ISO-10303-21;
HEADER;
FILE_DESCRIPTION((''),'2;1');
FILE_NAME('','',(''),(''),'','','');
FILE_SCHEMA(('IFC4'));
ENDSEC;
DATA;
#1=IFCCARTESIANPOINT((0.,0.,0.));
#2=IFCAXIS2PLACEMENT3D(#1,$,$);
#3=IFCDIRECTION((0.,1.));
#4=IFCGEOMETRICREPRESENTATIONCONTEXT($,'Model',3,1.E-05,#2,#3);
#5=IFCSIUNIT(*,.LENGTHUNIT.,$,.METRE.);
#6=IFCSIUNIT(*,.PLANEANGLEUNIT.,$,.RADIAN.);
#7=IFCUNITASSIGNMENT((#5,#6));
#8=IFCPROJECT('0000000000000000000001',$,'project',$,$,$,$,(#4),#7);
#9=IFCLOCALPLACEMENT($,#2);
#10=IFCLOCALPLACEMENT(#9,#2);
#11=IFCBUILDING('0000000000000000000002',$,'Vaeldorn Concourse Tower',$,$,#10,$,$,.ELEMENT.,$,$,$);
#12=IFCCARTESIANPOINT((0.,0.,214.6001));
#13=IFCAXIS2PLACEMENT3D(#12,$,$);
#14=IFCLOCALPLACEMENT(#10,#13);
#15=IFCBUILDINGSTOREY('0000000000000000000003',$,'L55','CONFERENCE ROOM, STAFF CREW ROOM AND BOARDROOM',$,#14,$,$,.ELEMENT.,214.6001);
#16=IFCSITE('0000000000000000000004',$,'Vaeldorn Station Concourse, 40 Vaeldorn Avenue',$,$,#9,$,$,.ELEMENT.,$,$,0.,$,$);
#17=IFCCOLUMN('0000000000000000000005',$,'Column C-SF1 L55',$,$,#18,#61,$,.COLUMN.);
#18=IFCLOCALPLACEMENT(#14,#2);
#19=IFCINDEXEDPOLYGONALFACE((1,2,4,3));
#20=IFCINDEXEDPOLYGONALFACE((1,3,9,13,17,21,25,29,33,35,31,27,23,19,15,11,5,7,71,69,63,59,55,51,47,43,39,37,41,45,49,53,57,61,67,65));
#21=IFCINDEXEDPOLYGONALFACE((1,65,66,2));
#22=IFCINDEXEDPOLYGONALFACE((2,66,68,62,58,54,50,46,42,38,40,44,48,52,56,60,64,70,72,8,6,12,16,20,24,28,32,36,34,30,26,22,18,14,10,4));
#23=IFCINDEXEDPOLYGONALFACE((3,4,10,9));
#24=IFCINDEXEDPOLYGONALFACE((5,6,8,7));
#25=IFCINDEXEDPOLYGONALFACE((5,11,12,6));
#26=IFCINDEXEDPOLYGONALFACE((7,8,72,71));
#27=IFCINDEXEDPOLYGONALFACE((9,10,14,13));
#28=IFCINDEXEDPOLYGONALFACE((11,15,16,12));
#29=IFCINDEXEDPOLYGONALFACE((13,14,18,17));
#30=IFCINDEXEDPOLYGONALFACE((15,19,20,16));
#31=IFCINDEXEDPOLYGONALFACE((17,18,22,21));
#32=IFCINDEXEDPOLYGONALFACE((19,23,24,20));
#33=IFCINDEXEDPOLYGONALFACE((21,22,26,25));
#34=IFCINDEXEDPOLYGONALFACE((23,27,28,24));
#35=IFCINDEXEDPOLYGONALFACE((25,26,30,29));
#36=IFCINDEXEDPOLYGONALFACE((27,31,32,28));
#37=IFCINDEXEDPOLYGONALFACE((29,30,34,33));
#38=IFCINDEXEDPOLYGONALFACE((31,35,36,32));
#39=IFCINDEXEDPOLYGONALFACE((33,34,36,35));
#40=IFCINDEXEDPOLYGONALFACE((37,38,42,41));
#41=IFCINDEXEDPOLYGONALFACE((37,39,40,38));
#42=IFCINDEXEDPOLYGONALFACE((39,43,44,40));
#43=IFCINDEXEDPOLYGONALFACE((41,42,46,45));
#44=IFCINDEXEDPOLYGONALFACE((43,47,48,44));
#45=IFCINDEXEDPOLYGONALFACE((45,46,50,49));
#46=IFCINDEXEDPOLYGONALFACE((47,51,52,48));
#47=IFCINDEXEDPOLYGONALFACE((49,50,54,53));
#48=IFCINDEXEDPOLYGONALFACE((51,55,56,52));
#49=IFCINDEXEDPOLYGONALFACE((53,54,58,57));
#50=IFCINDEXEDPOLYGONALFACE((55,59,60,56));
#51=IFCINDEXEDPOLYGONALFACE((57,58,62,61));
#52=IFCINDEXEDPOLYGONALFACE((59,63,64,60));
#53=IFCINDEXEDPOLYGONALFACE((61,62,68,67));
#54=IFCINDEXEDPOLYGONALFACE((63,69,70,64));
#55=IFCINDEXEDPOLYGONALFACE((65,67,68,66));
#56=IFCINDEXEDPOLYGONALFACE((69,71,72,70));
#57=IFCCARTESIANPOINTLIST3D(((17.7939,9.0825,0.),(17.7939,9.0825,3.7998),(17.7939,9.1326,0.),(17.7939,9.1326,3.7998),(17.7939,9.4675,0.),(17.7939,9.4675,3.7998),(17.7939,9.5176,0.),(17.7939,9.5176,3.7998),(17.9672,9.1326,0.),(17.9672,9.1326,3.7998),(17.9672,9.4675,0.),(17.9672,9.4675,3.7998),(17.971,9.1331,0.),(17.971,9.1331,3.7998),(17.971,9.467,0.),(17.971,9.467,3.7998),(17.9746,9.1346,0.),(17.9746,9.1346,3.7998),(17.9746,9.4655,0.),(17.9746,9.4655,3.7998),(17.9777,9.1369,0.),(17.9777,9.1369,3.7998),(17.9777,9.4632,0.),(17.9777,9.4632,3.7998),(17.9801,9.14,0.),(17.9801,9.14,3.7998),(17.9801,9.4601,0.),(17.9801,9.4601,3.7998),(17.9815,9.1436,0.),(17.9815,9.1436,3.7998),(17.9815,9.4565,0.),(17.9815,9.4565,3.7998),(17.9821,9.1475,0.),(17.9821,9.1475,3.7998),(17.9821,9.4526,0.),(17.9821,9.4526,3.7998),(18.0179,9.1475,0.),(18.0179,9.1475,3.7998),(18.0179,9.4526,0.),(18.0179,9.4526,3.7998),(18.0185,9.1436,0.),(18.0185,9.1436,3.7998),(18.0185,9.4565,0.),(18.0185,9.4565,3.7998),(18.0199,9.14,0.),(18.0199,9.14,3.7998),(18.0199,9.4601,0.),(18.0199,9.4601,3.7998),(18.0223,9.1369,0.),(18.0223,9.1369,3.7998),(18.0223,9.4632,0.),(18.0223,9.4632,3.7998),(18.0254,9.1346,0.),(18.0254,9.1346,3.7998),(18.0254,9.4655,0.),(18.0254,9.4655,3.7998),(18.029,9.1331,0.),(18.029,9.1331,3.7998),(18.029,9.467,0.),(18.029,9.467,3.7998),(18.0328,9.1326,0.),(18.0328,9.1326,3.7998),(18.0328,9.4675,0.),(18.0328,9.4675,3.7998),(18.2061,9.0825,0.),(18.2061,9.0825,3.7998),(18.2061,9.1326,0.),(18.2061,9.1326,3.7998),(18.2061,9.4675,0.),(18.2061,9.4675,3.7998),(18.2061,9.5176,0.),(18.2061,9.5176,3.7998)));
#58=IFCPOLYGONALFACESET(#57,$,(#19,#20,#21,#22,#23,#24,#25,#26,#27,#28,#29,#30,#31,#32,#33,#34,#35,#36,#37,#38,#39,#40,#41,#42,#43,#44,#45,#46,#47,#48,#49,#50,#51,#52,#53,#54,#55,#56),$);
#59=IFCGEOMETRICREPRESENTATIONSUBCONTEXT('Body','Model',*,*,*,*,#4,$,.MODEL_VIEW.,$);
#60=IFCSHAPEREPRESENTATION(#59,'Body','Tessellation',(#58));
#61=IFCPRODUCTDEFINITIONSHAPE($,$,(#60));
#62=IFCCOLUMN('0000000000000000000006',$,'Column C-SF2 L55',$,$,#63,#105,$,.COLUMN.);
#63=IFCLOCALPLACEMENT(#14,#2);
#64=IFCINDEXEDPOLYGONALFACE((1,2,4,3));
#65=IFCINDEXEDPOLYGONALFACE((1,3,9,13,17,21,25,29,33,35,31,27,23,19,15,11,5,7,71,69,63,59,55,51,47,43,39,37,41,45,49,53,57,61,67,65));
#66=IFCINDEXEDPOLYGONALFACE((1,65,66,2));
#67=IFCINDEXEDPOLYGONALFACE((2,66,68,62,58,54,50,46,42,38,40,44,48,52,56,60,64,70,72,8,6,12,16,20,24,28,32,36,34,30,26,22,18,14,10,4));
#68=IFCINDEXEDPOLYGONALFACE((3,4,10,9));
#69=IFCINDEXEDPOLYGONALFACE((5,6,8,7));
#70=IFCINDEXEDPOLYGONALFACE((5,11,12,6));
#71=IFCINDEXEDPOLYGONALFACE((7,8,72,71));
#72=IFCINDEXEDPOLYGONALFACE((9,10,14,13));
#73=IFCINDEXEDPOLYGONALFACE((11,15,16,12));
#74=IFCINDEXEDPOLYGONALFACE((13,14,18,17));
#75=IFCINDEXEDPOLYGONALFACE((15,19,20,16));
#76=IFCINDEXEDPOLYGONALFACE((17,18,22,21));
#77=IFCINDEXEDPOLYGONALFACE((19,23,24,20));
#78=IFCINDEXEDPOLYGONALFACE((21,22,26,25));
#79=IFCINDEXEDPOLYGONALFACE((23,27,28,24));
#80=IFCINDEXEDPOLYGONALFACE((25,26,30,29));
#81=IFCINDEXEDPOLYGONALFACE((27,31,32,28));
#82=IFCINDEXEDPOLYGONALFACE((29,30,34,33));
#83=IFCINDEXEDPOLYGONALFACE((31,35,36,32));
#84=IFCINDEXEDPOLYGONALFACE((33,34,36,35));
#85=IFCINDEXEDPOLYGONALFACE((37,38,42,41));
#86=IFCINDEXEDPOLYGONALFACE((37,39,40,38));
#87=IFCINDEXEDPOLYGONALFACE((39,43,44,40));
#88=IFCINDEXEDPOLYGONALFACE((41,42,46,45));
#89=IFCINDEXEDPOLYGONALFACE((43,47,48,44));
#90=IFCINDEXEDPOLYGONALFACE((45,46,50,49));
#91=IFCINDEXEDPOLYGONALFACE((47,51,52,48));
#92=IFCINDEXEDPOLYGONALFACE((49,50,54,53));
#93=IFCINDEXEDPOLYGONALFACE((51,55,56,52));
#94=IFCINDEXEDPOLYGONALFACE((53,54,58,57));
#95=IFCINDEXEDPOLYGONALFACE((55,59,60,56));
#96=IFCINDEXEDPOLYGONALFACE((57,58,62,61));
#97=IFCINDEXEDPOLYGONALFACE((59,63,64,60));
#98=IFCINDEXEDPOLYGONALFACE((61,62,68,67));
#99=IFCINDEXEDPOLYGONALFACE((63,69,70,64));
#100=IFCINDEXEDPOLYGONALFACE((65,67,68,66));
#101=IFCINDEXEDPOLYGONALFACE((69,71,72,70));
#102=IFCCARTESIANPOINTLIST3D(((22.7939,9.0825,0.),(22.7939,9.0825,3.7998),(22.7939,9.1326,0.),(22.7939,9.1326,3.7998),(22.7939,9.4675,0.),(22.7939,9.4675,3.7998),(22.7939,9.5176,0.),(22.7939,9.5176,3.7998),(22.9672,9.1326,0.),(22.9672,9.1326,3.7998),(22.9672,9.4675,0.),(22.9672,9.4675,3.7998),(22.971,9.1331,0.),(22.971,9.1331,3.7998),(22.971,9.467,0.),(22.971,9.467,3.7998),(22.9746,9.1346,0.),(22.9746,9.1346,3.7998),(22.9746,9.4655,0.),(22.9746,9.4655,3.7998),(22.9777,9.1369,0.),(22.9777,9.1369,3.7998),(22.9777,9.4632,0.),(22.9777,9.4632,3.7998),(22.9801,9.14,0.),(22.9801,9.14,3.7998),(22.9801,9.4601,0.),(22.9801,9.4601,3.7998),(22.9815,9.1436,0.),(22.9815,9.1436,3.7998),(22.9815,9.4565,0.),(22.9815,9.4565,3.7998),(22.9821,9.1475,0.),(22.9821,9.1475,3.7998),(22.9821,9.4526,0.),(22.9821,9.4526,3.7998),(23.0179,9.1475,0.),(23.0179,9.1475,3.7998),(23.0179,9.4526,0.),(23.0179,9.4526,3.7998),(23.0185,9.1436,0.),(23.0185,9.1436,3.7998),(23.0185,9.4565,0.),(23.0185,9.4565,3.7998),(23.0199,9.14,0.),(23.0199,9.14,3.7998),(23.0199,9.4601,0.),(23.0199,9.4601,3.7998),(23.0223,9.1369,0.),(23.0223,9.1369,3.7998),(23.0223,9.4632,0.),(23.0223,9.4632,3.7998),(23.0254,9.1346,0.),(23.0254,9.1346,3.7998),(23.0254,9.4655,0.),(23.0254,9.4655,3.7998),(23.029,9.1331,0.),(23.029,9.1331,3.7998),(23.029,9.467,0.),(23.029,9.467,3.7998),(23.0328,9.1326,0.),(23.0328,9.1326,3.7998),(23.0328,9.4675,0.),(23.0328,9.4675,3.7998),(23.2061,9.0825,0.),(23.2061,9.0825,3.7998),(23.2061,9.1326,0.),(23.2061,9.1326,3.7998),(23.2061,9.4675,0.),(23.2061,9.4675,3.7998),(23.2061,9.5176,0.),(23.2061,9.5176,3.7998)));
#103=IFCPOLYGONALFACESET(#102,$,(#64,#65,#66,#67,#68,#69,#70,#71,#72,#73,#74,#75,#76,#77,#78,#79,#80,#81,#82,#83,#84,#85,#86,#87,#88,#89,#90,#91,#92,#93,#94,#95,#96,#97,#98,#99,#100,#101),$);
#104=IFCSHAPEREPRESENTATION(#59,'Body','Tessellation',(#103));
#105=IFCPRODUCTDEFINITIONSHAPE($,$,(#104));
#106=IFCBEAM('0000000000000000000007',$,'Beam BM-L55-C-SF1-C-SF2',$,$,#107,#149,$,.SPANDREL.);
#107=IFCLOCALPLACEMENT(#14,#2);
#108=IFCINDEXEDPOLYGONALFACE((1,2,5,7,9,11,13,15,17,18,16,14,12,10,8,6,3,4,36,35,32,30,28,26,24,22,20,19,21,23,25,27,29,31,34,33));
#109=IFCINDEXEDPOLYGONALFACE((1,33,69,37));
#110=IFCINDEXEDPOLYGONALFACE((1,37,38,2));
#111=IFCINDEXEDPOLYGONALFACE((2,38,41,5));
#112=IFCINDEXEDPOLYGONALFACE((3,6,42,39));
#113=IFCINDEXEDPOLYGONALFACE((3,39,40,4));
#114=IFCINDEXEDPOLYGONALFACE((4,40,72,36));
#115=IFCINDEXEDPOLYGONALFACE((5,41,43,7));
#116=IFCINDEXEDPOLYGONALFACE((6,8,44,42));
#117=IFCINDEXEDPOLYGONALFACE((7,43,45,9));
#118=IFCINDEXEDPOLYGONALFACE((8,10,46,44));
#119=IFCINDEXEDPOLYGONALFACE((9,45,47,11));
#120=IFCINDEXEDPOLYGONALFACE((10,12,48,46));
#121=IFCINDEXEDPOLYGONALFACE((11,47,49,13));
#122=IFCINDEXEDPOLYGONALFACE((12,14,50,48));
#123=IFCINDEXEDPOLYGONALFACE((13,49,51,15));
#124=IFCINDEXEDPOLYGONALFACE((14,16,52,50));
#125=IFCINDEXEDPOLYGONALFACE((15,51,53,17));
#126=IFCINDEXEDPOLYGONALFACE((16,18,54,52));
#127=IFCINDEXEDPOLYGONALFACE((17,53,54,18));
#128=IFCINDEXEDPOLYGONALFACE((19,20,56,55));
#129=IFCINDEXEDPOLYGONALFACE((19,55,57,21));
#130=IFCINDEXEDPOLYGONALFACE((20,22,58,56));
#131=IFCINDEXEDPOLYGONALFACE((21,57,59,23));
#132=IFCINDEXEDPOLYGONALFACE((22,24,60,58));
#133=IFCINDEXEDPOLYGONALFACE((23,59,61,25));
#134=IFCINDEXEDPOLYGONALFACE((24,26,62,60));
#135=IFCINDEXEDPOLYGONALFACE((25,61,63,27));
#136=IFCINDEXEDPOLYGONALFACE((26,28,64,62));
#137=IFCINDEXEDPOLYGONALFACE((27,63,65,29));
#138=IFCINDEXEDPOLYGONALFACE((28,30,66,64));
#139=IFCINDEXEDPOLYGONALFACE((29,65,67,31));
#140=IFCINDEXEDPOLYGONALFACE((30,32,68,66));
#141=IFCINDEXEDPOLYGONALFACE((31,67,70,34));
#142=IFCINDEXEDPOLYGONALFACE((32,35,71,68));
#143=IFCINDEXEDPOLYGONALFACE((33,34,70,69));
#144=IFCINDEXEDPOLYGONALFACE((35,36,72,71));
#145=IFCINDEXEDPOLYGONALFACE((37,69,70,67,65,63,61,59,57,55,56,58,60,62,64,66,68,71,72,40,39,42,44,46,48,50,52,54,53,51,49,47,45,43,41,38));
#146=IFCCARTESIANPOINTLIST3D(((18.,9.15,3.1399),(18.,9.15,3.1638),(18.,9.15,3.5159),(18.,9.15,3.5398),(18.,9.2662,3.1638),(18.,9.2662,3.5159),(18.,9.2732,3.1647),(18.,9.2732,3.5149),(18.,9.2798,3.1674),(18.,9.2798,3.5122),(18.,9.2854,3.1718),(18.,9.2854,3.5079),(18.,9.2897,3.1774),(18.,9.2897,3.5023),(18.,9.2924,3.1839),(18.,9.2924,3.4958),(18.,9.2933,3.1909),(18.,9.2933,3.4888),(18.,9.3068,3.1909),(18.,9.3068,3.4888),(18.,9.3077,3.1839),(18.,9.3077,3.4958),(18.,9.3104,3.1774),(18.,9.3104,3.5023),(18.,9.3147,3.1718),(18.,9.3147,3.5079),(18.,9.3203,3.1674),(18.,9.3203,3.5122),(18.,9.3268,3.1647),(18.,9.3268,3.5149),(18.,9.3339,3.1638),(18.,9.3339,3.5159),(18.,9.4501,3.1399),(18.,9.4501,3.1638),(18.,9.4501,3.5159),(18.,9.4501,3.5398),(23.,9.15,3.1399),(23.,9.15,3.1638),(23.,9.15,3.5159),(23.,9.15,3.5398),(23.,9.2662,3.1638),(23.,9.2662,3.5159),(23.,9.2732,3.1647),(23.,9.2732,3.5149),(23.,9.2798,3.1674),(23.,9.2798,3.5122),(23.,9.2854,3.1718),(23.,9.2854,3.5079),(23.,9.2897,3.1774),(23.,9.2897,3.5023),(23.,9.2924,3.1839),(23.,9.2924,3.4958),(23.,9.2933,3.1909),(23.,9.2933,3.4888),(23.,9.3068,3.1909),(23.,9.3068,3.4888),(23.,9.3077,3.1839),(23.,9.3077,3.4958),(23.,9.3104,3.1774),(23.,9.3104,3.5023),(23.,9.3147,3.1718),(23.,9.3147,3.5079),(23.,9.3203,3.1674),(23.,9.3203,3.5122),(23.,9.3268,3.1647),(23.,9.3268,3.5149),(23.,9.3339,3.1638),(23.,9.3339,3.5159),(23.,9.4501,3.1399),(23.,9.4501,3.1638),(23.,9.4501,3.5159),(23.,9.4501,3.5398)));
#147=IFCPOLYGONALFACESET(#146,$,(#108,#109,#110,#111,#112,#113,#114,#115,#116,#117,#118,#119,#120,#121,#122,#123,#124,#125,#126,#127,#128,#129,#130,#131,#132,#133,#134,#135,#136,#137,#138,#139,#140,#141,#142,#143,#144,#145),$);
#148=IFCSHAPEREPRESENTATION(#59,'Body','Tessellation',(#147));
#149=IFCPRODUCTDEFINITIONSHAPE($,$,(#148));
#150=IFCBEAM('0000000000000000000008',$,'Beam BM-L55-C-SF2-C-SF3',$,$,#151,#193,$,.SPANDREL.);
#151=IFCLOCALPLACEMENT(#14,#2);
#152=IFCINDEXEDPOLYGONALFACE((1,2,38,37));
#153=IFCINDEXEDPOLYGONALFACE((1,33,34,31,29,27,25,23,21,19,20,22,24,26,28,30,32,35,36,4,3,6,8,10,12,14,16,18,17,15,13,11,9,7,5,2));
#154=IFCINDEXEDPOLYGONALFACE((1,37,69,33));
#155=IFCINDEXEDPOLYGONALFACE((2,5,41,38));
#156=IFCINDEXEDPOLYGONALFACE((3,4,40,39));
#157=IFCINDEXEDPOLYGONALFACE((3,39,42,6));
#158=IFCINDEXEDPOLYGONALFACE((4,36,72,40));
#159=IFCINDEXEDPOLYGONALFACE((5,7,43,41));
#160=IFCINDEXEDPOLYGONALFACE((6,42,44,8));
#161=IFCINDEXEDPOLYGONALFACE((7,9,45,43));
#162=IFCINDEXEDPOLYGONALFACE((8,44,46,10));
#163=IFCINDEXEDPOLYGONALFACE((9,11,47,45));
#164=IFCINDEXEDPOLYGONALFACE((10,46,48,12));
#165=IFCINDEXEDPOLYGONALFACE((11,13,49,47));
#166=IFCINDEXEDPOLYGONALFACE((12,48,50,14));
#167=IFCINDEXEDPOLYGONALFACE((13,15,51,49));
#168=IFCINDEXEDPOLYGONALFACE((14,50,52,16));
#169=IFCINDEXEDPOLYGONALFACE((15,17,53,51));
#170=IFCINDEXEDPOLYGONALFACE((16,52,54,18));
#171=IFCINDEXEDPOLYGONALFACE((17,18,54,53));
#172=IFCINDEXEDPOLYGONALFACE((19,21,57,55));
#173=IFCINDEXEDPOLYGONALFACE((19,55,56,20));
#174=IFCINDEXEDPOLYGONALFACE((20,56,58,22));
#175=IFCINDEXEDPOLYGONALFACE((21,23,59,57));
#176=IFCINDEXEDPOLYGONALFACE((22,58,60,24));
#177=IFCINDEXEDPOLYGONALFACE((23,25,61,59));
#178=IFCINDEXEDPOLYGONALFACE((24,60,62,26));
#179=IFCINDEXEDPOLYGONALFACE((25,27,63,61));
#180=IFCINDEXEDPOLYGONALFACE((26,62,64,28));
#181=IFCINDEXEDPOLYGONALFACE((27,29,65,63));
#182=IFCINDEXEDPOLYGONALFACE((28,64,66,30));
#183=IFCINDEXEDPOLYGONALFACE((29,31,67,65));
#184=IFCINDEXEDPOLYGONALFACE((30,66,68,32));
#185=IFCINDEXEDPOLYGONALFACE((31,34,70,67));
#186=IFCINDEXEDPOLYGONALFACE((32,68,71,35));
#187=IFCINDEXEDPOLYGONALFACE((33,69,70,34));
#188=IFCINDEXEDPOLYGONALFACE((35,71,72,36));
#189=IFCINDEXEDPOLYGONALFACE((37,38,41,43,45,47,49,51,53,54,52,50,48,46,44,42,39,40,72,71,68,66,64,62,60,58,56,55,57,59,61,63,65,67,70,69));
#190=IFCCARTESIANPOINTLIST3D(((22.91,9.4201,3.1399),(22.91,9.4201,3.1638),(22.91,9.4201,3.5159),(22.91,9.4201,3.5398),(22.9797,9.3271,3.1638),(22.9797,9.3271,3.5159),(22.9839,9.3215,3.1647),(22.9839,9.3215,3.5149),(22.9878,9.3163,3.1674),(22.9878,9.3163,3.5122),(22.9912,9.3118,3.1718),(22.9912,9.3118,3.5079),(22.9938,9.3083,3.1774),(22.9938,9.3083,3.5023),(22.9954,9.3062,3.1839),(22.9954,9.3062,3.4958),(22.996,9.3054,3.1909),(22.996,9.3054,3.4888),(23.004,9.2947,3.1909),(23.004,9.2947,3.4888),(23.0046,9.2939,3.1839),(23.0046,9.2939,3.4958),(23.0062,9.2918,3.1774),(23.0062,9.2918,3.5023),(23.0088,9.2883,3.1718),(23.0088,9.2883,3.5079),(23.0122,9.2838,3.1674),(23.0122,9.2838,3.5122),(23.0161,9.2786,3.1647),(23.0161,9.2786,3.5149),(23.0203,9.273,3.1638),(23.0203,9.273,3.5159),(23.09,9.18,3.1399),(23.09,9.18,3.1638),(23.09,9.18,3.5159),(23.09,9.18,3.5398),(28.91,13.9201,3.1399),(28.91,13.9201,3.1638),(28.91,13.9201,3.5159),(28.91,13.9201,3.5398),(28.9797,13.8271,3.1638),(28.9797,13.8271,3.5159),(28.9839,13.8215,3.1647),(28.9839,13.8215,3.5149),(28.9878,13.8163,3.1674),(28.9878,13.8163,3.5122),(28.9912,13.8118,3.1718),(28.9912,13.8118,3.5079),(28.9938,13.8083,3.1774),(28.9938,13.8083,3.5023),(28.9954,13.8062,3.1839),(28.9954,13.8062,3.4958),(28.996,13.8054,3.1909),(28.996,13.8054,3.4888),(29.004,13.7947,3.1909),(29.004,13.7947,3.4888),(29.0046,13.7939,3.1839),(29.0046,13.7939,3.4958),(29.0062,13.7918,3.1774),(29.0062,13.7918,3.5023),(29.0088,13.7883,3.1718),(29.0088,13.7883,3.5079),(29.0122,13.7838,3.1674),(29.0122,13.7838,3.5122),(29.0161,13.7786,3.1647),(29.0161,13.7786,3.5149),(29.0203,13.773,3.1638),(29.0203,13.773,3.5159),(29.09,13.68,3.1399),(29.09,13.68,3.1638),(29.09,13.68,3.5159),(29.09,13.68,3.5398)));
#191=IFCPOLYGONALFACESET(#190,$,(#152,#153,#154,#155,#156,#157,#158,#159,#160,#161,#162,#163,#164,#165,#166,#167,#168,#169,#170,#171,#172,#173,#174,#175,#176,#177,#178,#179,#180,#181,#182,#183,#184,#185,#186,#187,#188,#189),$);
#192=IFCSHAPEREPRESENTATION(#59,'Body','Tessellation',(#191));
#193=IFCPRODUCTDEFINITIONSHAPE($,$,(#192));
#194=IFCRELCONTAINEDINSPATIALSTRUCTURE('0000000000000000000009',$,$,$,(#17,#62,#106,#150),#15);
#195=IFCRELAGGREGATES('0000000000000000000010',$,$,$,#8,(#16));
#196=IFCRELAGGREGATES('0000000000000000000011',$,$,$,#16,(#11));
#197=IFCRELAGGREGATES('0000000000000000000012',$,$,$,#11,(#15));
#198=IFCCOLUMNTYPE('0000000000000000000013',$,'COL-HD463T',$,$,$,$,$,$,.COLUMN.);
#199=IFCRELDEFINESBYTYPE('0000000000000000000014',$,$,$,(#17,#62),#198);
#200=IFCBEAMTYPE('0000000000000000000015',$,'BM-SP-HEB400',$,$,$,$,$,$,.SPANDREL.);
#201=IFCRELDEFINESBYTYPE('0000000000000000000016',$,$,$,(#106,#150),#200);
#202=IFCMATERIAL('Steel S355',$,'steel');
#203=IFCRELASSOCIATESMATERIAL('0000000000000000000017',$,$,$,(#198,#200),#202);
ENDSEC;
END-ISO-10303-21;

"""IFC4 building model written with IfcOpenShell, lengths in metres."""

from ifc_helpers import new_model, si_unit, direction, frame, origin, origin_2d, place, context, subcontext, project, spatial, i_section, extrude, source, transform, mapped, material, material_profile, profile_set, type_object, element, save


model = new_model("IFC4")

# Units and contexts
model_context = context("Model", 3, precision=1e-05, world=origin(), true_north=direction((0.0, 1.0)))
body_context = subcontext(model_context, "Body", "Model", "MODEL_VIEW")
ifc_project = project(units=[si_unit("LENGTHUNIT", "METRE"), si_unit("PLANEANGLEUNIT", "RADIAN")], contexts=[model_context])

# Site, building, storey
site_placement = place(None, origin())
site = spatial("IfcSite", under=ifc_project, at=site_placement, Name="Vaeldorn Station Concourse, 40 Vaeldorn Avenue", CompositionType="ELEMENT", RefElevation=0.0)
building_placement = place(site_placement, origin())
building = spatial("IfcBuilding", under=site, at=building_placement, Name="Vaeldorn Concourse Tower", CompositionType="ELEMENT")
storey_placement = place(building_placement, frame((0.0, 0.0, 214.6001)))
storey = spatial("IfcBuildingStorey", under=building, at=storey_placement, Name="L55", Description="CONFERENCE ROOM, STAFF CREW ROOM AND BOARDROOM", CompositionType="ELEMENT", Elevation=214.6001)

# Columns
ifc_material_1 = material(Name="Steel S355", Category="steel")
ifc_material_profile_1 = material_profile(ifc_material_1, i_section(OverallWidth=0.4121, OverallDepth=0.4351, WebThickness=0.0359, FlangeThickness=0.05, FilletRadius=0.0149, at=origin_2d()), Name="HD 400x463")
ifc_profile_set_1 = profile_set([ifc_material_profile_1], Name="Steel S355")
column_type = type_object("IfcColumnType", Name="COL-HD463T", PredefinedType="COLUMN", material=ifc_profile_set_1)
shared_shape_1 = source(origin(), body_context, "Body", "SweptSolid", [
    extrude(i_section(OverallWidth=0.4121, OverallDepth=0.4351, WebThickness=0.0359, FlangeThickness=0.05, FilletRadius=0.0149, at=origin_2d()), origin(), (0.0, 0.0, 1.0), 3.7998),
])
for number, where, z_axis, x_axis, name in (
    (1, (18.0, 9.3, 0.0), (0.0, 0.0, 1.0), (1.0, 0.0, 0.0), "Column C-SF1 L55"),
    (2, (23.0, 9.3, 0.0), (0.0, 0.0, 1.0), (1.0, 0.0, 0.0), "Column C-SF2 L55"),
):
    element("IfcColumn", number, at=place(storey_placement, frame(where, z_axis=z_axis, x_axis=x_axis)), inside=storey, type_object=column_type, Name=name, PredefinedType="COLUMN", context=body_context, shape_type="MappedRepresentation", body=[
        mapped(shared_shape_1, transform((0.0, 0.0, 0.0), scale=1.0)),
    ])

# Beams
ifc_material_profile_2 = material_profile(ifc_material_1, i_section(OverallWidth=0.3, OverallDepth=0.3999, WebThickness=0.0134, FlangeThickness=0.0239, FilletRadius=0.0271, at=origin_2d()), Name="HEB 400")
ifc_profile_set_2 = profile_set([ifc_material_profile_2], Name="Steel S355")
beam_type_1 = type_object("IfcBeamType", Name="BM-SP-HEB400", PredefinedType="SPANDREL", material=ifc_profile_set_2)
shared_shape_2 = source(origin(), body_context, "Body", "SweptSolid", [
    extrude(i_section(OverallWidth=0.3, OverallDepth=0.3999, WebThickness=0.0134, FlangeThickness=0.0239, FilletRadius=0.0271, at=origin_2d()), origin(), (0.0, 0.0, 1.0), 5.0),
])
beam_1_placement = place(storey_placement, frame((18.0, 9.3, 3.3398), z_axis=(1.0, 0.0, 0.0), x_axis=(0.0, 1.0, 0.0)))
element("IfcBeam", 3, at=beam_1_placement, inside=storey, type_object=beam_type_1, Name="Beam BM-L55-C-SF1-C-SF2", PredefinedType="SPANDREL", context=body_context, shape_type="MappedRepresentation", body=[
    mapped(shared_shape_2, transform((0.0, 0.0, 0.0), scale=1.0)),
])
shared_shape_3 = source(origin(), body_context, "Body", "SweptSolid", [
    extrude(i_section(OverallWidth=0.3, OverallDepth=0.3999, WebThickness=0.0134, FlangeThickness=0.0239, FilletRadius=0.0271, at=origin_2d()), origin(), (0.0, 0.0, 1.0), 7.5),
])
beam_2_placement = place(storey_placement, frame((23.0, 9.3, 3.3398), z_axis=(0.8, 0.6, 0.0), x_axis=(-0.6, 0.8, 0.0)))
element("IfcBeam", 4, at=beam_2_placement, inside=storey, type_object=beam_type_1, Name="Beam BM-L55-C-SF2-C-SF3", PredefinedType="SPANDREL", context=body_context, shape_type="MappedRepresentation", body=[
    mapped(shared_shape_3, transform((0.0, 0.0, 0.0), scale=1.0)),
])

save(model, "model.ifc")
